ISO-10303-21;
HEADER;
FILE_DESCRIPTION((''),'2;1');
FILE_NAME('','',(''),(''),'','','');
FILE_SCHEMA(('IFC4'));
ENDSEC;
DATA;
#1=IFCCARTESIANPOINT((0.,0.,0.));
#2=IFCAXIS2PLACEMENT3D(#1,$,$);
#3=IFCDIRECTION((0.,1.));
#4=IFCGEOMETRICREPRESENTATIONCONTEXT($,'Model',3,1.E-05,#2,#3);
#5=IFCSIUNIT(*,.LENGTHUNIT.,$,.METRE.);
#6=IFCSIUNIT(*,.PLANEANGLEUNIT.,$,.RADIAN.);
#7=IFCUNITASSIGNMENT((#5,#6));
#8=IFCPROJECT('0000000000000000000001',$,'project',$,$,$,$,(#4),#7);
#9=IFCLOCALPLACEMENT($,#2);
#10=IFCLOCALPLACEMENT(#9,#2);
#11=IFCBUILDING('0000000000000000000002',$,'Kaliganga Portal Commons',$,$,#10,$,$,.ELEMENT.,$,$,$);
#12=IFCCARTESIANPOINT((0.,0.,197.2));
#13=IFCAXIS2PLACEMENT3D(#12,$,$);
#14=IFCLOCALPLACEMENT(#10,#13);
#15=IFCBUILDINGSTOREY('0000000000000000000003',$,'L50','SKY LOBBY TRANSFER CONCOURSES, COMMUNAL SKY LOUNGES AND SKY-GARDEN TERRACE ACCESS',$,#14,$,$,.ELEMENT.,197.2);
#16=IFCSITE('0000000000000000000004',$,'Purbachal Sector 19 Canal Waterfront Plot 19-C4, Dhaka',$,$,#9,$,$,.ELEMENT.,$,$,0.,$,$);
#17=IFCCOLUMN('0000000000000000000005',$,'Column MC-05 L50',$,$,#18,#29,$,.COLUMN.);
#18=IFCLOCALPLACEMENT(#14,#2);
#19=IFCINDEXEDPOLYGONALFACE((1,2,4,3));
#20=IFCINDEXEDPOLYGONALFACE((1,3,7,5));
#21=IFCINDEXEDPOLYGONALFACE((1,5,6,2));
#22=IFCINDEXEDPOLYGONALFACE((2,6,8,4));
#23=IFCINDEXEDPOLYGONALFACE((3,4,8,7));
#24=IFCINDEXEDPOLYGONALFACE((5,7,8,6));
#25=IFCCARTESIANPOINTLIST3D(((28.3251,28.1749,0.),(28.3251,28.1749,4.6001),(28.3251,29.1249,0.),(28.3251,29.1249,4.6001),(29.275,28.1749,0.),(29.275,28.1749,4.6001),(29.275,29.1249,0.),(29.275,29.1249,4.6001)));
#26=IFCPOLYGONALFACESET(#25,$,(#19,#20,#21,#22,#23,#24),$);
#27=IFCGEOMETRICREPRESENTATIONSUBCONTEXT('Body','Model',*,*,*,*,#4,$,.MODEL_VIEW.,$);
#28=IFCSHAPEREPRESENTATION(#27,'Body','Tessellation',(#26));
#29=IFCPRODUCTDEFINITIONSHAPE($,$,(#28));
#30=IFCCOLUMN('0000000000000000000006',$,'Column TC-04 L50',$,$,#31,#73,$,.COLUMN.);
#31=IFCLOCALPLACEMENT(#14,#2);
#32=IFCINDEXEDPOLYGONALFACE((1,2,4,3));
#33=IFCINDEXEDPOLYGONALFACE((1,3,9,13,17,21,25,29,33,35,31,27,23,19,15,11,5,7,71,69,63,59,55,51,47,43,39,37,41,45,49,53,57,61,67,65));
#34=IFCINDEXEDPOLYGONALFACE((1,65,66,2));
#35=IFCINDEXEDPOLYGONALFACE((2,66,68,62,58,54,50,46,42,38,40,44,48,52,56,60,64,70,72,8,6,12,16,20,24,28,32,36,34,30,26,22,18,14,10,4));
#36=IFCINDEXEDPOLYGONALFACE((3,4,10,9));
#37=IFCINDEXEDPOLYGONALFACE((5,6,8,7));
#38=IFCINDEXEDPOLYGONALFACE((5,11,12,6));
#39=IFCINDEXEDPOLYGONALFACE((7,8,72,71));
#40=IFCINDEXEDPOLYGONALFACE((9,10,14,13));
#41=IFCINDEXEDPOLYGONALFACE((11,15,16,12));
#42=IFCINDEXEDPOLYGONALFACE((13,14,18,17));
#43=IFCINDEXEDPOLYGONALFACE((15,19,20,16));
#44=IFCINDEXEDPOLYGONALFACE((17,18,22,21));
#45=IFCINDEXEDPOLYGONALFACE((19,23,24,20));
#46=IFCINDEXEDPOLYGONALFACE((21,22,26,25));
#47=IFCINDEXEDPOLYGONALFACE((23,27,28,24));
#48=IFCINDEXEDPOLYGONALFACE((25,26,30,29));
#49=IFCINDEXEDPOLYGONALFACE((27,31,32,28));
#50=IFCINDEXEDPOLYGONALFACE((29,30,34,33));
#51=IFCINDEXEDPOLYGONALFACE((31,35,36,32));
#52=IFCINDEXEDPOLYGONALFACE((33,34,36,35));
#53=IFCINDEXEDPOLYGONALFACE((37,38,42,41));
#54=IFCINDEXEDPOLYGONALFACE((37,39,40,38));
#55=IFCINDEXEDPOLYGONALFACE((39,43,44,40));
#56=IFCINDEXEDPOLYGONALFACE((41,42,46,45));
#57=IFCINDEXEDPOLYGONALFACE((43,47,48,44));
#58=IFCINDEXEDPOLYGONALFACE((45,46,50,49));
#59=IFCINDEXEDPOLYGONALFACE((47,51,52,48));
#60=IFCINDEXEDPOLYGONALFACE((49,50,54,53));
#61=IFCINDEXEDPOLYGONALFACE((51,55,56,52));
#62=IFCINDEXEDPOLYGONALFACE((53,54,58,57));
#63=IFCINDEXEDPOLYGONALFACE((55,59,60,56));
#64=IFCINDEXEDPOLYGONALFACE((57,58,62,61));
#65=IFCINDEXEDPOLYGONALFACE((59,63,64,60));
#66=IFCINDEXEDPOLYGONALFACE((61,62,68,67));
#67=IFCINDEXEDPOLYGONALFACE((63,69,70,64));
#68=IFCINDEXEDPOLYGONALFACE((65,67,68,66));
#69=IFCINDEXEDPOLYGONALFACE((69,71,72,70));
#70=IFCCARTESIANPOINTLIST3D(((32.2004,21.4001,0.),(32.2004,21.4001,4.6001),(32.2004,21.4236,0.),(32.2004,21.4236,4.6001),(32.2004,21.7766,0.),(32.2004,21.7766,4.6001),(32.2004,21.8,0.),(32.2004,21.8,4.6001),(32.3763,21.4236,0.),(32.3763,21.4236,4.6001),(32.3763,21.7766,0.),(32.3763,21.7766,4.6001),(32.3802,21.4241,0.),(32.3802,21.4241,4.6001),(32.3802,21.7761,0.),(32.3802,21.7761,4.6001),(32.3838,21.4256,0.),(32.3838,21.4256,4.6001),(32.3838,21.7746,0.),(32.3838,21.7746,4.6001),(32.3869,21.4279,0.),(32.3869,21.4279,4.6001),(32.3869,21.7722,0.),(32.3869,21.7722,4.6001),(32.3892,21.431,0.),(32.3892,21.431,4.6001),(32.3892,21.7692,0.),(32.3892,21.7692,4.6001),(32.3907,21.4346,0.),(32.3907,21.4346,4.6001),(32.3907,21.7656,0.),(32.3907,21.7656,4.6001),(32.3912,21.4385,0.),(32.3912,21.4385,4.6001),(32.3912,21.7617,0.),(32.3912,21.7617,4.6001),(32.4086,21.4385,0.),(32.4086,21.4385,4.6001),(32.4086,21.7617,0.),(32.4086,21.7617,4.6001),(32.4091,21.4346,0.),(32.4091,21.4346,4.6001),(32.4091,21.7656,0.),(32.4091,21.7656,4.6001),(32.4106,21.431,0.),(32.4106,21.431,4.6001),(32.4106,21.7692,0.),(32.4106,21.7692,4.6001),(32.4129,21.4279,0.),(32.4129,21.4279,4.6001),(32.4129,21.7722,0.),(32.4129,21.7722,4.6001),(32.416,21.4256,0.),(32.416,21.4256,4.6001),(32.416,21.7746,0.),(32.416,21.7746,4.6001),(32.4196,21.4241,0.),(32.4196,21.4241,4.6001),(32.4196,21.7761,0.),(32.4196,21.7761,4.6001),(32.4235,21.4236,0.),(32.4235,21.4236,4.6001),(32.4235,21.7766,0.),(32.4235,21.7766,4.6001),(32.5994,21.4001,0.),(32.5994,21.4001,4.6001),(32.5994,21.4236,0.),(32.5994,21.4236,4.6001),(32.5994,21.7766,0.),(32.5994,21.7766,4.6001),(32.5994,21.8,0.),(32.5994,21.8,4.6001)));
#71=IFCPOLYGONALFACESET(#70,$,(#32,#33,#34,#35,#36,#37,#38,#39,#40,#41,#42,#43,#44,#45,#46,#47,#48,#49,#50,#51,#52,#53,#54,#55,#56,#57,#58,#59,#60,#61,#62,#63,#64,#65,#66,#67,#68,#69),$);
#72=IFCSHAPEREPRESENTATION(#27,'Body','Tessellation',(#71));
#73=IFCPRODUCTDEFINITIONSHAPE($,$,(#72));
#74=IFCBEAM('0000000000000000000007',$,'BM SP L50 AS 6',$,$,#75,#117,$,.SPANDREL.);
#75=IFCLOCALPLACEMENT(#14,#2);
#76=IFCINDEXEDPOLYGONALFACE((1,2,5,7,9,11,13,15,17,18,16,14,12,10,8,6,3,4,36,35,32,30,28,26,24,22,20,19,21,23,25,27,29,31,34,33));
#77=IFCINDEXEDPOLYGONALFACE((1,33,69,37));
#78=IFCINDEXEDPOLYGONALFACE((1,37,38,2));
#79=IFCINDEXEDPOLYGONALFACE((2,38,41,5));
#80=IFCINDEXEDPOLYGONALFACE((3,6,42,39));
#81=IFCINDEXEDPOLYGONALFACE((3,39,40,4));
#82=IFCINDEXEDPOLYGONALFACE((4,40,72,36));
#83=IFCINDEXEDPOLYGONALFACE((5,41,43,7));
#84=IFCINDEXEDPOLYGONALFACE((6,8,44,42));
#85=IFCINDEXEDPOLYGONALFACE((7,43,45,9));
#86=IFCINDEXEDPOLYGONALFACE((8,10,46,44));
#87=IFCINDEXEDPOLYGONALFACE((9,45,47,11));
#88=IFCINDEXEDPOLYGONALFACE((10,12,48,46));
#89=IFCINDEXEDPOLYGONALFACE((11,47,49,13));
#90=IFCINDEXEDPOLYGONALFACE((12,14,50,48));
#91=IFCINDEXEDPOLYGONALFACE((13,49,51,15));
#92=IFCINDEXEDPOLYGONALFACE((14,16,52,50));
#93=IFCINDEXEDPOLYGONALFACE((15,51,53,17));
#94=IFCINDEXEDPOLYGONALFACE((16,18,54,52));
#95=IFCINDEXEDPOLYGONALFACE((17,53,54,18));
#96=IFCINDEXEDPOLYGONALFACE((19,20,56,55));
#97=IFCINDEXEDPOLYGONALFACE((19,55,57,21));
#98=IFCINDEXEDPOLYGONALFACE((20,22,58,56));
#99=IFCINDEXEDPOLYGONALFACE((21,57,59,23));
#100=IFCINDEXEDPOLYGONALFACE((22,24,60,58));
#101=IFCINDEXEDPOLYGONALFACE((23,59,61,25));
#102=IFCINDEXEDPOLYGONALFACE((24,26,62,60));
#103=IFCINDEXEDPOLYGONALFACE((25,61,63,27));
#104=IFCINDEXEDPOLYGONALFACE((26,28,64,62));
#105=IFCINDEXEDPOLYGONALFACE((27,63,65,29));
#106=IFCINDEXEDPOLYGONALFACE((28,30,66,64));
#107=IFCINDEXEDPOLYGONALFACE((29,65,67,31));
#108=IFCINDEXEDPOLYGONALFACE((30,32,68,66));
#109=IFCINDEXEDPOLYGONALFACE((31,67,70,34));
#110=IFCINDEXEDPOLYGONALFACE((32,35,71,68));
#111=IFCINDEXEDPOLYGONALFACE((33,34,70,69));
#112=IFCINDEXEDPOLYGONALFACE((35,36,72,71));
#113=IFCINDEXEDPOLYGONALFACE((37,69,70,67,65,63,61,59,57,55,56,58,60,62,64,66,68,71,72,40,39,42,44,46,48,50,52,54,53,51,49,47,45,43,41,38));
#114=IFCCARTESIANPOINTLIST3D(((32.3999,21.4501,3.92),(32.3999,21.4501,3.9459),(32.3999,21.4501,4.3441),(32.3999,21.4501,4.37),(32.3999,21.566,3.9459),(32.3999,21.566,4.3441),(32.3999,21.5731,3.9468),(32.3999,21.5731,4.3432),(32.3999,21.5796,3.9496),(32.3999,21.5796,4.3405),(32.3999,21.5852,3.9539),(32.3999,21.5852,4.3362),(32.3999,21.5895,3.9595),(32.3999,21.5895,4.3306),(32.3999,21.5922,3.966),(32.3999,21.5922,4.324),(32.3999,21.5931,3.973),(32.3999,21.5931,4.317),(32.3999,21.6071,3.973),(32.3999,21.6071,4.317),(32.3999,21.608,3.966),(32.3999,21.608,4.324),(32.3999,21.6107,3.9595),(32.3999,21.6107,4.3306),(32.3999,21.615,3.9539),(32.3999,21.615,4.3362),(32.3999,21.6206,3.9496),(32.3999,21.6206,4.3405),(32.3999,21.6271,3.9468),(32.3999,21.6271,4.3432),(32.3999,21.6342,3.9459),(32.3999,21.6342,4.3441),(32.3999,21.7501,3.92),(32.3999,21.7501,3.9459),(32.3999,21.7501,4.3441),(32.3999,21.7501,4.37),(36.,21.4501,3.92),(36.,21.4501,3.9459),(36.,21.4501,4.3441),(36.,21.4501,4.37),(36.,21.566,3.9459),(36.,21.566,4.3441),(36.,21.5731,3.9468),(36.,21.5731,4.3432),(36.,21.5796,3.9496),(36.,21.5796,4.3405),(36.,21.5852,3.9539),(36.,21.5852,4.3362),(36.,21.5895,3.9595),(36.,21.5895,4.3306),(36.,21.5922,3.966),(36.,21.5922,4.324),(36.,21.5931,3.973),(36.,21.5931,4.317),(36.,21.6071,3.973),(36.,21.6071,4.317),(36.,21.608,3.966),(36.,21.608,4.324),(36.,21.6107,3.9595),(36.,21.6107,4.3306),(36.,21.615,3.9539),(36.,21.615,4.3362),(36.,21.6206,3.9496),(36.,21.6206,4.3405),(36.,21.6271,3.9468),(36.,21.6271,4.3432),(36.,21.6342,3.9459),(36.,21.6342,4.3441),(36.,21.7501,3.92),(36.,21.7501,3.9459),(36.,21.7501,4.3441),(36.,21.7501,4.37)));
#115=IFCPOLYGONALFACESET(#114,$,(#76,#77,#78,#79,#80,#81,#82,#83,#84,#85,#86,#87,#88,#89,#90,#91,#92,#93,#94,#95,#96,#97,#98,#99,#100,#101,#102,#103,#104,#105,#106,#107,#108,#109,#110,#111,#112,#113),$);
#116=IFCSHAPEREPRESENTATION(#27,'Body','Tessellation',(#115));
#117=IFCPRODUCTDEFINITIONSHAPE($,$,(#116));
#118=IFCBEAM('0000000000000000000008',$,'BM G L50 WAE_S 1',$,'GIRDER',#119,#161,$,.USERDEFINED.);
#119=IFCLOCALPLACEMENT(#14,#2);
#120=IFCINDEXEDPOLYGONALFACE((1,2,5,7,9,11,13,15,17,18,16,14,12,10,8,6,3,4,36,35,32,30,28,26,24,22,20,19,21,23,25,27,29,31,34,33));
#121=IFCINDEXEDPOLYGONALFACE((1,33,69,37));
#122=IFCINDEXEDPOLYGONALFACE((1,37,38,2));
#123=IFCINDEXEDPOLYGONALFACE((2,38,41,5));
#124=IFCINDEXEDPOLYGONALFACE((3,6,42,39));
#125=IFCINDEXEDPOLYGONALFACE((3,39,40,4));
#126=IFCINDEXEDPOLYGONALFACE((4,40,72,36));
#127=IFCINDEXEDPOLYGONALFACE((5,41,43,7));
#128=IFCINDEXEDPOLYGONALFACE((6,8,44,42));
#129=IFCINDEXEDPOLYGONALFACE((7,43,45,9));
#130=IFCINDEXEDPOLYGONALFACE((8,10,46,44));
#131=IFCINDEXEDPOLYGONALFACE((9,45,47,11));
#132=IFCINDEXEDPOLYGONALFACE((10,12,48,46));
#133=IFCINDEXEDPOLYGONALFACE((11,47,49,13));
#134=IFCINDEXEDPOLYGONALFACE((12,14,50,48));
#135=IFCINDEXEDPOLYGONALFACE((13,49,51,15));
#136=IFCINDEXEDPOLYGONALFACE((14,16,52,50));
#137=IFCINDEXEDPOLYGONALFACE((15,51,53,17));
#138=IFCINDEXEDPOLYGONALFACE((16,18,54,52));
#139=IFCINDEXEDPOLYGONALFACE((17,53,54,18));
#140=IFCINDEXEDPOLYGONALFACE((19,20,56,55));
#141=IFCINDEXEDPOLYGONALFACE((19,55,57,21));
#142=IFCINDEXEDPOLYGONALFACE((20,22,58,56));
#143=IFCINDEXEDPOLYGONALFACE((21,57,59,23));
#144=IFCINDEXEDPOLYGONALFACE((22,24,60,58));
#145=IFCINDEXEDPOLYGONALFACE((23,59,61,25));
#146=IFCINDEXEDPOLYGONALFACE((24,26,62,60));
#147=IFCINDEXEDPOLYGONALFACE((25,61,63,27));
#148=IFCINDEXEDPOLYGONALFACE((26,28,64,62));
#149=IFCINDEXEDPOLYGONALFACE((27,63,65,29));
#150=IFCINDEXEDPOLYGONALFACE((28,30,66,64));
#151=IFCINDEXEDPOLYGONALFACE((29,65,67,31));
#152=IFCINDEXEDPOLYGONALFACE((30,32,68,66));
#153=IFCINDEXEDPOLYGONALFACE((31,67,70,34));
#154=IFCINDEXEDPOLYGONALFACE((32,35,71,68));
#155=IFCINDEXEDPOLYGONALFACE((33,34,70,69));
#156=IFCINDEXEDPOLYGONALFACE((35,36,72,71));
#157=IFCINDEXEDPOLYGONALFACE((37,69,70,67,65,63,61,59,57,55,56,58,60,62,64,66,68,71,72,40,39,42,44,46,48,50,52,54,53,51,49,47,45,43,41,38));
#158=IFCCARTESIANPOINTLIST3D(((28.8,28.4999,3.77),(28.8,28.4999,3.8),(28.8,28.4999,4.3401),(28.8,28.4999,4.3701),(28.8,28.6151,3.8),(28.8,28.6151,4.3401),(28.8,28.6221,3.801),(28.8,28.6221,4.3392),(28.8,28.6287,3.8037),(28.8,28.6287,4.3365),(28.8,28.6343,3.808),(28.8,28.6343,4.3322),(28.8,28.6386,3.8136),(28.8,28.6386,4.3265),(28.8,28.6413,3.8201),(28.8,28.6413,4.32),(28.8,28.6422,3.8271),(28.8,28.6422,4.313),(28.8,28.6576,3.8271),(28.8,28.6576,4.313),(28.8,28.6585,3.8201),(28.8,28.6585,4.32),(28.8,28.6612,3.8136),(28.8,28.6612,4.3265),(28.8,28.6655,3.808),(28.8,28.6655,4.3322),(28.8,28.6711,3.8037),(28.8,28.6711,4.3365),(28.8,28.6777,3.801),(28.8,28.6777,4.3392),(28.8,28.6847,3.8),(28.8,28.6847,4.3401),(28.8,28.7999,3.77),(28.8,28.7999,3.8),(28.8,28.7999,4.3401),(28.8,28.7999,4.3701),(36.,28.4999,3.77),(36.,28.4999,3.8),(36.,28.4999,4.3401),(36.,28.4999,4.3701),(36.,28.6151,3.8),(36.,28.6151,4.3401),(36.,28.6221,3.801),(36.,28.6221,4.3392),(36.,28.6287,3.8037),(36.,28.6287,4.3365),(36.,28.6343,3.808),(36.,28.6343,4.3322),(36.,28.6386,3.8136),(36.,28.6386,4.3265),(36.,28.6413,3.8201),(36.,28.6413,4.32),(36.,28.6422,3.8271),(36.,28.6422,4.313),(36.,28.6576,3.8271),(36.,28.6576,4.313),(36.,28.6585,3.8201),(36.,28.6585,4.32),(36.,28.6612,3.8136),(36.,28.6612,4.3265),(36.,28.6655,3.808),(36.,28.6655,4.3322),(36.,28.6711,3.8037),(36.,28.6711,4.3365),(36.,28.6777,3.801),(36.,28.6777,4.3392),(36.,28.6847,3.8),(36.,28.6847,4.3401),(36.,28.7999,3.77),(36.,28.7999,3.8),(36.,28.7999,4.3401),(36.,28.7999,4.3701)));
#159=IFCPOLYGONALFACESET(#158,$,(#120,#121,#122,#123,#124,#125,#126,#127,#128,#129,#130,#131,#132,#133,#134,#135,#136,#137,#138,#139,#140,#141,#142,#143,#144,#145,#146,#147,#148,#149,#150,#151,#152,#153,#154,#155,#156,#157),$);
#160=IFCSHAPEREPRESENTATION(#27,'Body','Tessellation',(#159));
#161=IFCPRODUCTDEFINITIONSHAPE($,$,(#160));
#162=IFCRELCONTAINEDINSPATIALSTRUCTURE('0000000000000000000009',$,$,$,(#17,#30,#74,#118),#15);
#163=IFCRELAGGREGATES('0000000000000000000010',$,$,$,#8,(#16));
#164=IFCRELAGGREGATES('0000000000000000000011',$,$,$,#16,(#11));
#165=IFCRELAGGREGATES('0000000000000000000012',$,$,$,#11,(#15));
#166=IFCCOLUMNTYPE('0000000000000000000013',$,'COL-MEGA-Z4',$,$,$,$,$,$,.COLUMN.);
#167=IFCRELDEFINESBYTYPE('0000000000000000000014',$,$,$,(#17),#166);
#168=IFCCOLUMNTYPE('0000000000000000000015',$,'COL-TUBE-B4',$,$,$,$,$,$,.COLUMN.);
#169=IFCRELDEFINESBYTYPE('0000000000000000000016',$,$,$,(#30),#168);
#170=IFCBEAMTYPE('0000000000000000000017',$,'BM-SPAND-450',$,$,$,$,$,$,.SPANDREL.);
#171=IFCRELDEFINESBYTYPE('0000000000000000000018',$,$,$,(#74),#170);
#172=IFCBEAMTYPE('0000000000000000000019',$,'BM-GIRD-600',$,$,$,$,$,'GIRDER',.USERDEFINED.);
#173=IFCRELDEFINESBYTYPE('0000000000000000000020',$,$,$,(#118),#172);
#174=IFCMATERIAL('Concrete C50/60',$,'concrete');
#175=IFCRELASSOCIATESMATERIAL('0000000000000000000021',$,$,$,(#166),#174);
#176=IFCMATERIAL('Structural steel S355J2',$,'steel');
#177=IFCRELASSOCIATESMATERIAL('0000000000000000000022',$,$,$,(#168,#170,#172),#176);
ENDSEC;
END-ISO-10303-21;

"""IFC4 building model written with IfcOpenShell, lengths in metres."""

from ifc_helpers import new_model, si_unit, direction, frame, origin, origin_2d, place, context, subcontext, project, spatial, rectangle, i_section, extrude, source, transform, mapped, material, material_profile, profile_set, type_object, element, save


model = new_model("IFC4")

# Units and contexts
model_context = context("Model", 3, precision=1e-05, world=origin(), true_north=direction((0.0, 1.0)))
body_context = subcontext(model_context, "Body", "Model", "MODEL_VIEW")
ifc_project = project(units=[si_unit("LENGTHUNIT", "METRE"), si_unit("PLANEANGLEUNIT", "RADIAN")], contexts=[model_context])

# Site, building, storey
site_placement = place(None, origin())
site = spatial("IfcSite", under=ifc_project, at=site_placement, Name="Purbachal Sector 19 Canal Waterfront Plot 19-C4, Dhaka", CompositionType="ELEMENT", RefElevation=0.0)
building_placement = place(site_placement, origin())
building = spatial("IfcBuilding", under=site, at=building_placement, Name="Kaliganga Portal Commons", CompositionType="ELEMENT")
storey_placement = place(building_placement, frame((0.0, 0.0, 197.2)))
storey = spatial("IfcBuildingStorey", under=building, at=storey_placement, Name="L50", Description="SKY LOBBY TRANSFER CONCOURSES, COMMUNAL SKY LOUNGES AND SKY-GARDEN TERRACE ACCESS", CompositionType="ELEMENT", Elevation=197.2)

# Columns
ifc_material_1 = material(Name="Concrete C50/60", Category="concrete")
ifc_material_profile_1 = material_profile(ifc_material_1, rectangle(XDim=0.95, YDim=0.95, at=origin_2d()), Name="RC 950x950")
ifc_profile_set_1 = profile_set([ifc_material_profile_1], Name="Concrete C50/60")
column_type_1 = type_object("IfcColumnType", Name="COL-MEGA-Z4", PredefinedType="COLUMN", material=ifc_profile_set_1)
shared_shape_1 = source(origin(), body_context, "Body", "SweptSolid", [
    extrude(rectangle(XDim=0.95, YDim=0.95, at=origin_2d()), origin(), (0.0, 0.0, 1.0), 4.6001),
])
column_1_placement = place(storey_placement, frame((28.8, 28.6499, 0.0), z_axis=(0.0, 0.0, 1.0), x_axis=(1.0, 0.0, 0.0)))
element("IfcColumn", 1, at=column_1_placement, inside=storey, type_object=column_type_1, Name="Column MC-05 L50", PredefinedType="COLUMN", context=body_context, shape_type="MappedRepresentation", body=[
    mapped(shared_shape_1, transform((0.0, 0.0, 0.0), x_axis=(1.0, 0.0, 0.0), y_axis=(0.0, 1.0, 0.0), z_axis=(0.0, 0.0, 1.0), scale=1.0)),
])
ifc_material_2 = material(Name="Structural steel S355J2", Category="steel")
ifc_material_profile_2 = material_profile(ifc_material_2, i_section(OverallWidth=0.3989, OverallDepth=0.3999, WebThickness=0.0173, FlangeThickness=0.0234, FilletRadius=0.0149, at=origin_2d()), Name="HD 400x287")
ifc_profile_set_2 = profile_set([ifc_material_profile_2], Name="Structural steel S355J2 wide-flange")
column_type_2 = type_object("IfcColumnType", Name="COL-TUBE-B4", PredefinedType="COLUMN", material=ifc_profile_set_2)
shared_shape_2 = source(origin(), body_context, "Body", "SweptSolid", [
    extrude(i_section(OverallWidth=0.3989, OverallDepth=0.3999, WebThickness=0.0173, FlangeThickness=0.0234, FilletRadius=0.0149, at=origin_2d()), origin(), (0.0, 0.0, 1.0), 4.6001),
])
column_2_placement = place(storey_placement, frame((32.3999, 21.6001, 0.0), z_axis=(0.0, 0.0, 1.0), x_axis=(1.0, 0.0, 0.0)))
element("IfcColumn", 2, at=column_2_placement, inside=storey, type_object=column_type_2, Name="Column TC-04 L50", PredefinedType="COLUMN", context=body_context, shape_type="MappedRepresentation", body=[
    mapped(shared_shape_2, transform((0.0, 0.0, 0.0), x_axis=(1.0, 0.0, 0.0), y_axis=(0.0, 1.0, 0.0), z_axis=(0.0, 0.0, 1.0), scale=1.0)),
])

# Beams
ifc_material_profile_3 = material_profile(ifc_material_2, i_section(OverallWidth=0.3, OverallDepth=0.45, WebThickness=0.0139, FlangeThickness=0.0259, FilletRadius=0.0271, at=origin_2d()), Name="HE 450 B")
ifc_profile_set_3 = profile_set([ifc_material_profile_3], Name="Structural steel S355J2 wide-flange")
beam_type_1 = type_object("IfcBeamType", Name="BM-SPAND-450", PredefinedType="SPANDREL", material=ifc_profile_set_3)
shared_shape_3 = source(origin(), body_context, "Body", "SweptSolid", [
    extrude(i_section(OverallWidth=0.3, OverallDepth=0.45, WebThickness=0.0139, FlangeThickness=0.0259, FilletRadius=0.0271, at=origin_2d()), origin(), (0.0, 0.0, 1.0), 3.6001),
])
beam_1_placement = place(storey_placement, frame((32.3999, 21.6001, 4.145), z_axis=(1.0, 0.0, 0.0), x_axis=(0.0, 1.0, 0.0)))
element("IfcBeam", 3, at=beam_1_placement, inside=storey, type_object=beam_type_1, Name="BM SP L50 AS 6", PredefinedType="SPANDREL", context=body_context, shape_type="MappedRepresentation", body=[
    mapped(shared_shape_3, transform((0.0, 0.0, 0.0), x_axis=(1.0, 0.0, 0.0), y_axis=(0.0, 1.0, 0.0), z_axis=(0.0, 0.0, 1.0), scale=1.0)),
])
ifc_material_profile_4 = material_profile(ifc_material_2, i_section(OverallWidth=0.3, OverallDepth=0.6001, WebThickness=0.0154, FlangeThickness=0.03, FilletRadius=0.0271, at=origin_2d()), Name="HE 600 B")
ifc_profile_set_4 = profile_set([ifc_material_profile_4], Name="Structural steel S355J2 wide-flange")
beam_type_2 = type_object("IfcBeamType", Name="BM-GIRD-600", ElementType="GIRDER", PredefinedType="USERDEFINED", material=ifc_profile_set_4)
shared_shape_4 = source(origin(), body_context, "Body", "SweptSolid", [
    extrude(i_section(OverallWidth=0.3, OverallDepth=0.6001, WebThickness=0.0154, FlangeThickness=0.03, FilletRadius=0.0271, at=origin_2d()), origin(), (0.0, 0.0, 1.0), 7.2),
])
beam_2_placement = place(storey_placement, frame((28.8, 28.6499, 4.0701), z_axis=(1.0, 0.0, 0.0), x_axis=(0.0, 1.0, 0.0)))
element("IfcBeam", 4, at=beam_2_placement, inside=storey, type_object=beam_type_2, Name="BM G L50 WAE_S 1", ObjectType="GIRDER", PredefinedType="USERDEFINED", context=body_context, shape_type="MappedRepresentation", body=[
    mapped(shared_shape_4, transform((0.0, 0.0, 0.0), x_axis=(1.0, 0.0, 0.0), y_axis=(0.0, 1.0, 0.0), z_axis=(0.0, 0.0, 1.0), scale=1.0)),
])

save(model, "model.ifc")
